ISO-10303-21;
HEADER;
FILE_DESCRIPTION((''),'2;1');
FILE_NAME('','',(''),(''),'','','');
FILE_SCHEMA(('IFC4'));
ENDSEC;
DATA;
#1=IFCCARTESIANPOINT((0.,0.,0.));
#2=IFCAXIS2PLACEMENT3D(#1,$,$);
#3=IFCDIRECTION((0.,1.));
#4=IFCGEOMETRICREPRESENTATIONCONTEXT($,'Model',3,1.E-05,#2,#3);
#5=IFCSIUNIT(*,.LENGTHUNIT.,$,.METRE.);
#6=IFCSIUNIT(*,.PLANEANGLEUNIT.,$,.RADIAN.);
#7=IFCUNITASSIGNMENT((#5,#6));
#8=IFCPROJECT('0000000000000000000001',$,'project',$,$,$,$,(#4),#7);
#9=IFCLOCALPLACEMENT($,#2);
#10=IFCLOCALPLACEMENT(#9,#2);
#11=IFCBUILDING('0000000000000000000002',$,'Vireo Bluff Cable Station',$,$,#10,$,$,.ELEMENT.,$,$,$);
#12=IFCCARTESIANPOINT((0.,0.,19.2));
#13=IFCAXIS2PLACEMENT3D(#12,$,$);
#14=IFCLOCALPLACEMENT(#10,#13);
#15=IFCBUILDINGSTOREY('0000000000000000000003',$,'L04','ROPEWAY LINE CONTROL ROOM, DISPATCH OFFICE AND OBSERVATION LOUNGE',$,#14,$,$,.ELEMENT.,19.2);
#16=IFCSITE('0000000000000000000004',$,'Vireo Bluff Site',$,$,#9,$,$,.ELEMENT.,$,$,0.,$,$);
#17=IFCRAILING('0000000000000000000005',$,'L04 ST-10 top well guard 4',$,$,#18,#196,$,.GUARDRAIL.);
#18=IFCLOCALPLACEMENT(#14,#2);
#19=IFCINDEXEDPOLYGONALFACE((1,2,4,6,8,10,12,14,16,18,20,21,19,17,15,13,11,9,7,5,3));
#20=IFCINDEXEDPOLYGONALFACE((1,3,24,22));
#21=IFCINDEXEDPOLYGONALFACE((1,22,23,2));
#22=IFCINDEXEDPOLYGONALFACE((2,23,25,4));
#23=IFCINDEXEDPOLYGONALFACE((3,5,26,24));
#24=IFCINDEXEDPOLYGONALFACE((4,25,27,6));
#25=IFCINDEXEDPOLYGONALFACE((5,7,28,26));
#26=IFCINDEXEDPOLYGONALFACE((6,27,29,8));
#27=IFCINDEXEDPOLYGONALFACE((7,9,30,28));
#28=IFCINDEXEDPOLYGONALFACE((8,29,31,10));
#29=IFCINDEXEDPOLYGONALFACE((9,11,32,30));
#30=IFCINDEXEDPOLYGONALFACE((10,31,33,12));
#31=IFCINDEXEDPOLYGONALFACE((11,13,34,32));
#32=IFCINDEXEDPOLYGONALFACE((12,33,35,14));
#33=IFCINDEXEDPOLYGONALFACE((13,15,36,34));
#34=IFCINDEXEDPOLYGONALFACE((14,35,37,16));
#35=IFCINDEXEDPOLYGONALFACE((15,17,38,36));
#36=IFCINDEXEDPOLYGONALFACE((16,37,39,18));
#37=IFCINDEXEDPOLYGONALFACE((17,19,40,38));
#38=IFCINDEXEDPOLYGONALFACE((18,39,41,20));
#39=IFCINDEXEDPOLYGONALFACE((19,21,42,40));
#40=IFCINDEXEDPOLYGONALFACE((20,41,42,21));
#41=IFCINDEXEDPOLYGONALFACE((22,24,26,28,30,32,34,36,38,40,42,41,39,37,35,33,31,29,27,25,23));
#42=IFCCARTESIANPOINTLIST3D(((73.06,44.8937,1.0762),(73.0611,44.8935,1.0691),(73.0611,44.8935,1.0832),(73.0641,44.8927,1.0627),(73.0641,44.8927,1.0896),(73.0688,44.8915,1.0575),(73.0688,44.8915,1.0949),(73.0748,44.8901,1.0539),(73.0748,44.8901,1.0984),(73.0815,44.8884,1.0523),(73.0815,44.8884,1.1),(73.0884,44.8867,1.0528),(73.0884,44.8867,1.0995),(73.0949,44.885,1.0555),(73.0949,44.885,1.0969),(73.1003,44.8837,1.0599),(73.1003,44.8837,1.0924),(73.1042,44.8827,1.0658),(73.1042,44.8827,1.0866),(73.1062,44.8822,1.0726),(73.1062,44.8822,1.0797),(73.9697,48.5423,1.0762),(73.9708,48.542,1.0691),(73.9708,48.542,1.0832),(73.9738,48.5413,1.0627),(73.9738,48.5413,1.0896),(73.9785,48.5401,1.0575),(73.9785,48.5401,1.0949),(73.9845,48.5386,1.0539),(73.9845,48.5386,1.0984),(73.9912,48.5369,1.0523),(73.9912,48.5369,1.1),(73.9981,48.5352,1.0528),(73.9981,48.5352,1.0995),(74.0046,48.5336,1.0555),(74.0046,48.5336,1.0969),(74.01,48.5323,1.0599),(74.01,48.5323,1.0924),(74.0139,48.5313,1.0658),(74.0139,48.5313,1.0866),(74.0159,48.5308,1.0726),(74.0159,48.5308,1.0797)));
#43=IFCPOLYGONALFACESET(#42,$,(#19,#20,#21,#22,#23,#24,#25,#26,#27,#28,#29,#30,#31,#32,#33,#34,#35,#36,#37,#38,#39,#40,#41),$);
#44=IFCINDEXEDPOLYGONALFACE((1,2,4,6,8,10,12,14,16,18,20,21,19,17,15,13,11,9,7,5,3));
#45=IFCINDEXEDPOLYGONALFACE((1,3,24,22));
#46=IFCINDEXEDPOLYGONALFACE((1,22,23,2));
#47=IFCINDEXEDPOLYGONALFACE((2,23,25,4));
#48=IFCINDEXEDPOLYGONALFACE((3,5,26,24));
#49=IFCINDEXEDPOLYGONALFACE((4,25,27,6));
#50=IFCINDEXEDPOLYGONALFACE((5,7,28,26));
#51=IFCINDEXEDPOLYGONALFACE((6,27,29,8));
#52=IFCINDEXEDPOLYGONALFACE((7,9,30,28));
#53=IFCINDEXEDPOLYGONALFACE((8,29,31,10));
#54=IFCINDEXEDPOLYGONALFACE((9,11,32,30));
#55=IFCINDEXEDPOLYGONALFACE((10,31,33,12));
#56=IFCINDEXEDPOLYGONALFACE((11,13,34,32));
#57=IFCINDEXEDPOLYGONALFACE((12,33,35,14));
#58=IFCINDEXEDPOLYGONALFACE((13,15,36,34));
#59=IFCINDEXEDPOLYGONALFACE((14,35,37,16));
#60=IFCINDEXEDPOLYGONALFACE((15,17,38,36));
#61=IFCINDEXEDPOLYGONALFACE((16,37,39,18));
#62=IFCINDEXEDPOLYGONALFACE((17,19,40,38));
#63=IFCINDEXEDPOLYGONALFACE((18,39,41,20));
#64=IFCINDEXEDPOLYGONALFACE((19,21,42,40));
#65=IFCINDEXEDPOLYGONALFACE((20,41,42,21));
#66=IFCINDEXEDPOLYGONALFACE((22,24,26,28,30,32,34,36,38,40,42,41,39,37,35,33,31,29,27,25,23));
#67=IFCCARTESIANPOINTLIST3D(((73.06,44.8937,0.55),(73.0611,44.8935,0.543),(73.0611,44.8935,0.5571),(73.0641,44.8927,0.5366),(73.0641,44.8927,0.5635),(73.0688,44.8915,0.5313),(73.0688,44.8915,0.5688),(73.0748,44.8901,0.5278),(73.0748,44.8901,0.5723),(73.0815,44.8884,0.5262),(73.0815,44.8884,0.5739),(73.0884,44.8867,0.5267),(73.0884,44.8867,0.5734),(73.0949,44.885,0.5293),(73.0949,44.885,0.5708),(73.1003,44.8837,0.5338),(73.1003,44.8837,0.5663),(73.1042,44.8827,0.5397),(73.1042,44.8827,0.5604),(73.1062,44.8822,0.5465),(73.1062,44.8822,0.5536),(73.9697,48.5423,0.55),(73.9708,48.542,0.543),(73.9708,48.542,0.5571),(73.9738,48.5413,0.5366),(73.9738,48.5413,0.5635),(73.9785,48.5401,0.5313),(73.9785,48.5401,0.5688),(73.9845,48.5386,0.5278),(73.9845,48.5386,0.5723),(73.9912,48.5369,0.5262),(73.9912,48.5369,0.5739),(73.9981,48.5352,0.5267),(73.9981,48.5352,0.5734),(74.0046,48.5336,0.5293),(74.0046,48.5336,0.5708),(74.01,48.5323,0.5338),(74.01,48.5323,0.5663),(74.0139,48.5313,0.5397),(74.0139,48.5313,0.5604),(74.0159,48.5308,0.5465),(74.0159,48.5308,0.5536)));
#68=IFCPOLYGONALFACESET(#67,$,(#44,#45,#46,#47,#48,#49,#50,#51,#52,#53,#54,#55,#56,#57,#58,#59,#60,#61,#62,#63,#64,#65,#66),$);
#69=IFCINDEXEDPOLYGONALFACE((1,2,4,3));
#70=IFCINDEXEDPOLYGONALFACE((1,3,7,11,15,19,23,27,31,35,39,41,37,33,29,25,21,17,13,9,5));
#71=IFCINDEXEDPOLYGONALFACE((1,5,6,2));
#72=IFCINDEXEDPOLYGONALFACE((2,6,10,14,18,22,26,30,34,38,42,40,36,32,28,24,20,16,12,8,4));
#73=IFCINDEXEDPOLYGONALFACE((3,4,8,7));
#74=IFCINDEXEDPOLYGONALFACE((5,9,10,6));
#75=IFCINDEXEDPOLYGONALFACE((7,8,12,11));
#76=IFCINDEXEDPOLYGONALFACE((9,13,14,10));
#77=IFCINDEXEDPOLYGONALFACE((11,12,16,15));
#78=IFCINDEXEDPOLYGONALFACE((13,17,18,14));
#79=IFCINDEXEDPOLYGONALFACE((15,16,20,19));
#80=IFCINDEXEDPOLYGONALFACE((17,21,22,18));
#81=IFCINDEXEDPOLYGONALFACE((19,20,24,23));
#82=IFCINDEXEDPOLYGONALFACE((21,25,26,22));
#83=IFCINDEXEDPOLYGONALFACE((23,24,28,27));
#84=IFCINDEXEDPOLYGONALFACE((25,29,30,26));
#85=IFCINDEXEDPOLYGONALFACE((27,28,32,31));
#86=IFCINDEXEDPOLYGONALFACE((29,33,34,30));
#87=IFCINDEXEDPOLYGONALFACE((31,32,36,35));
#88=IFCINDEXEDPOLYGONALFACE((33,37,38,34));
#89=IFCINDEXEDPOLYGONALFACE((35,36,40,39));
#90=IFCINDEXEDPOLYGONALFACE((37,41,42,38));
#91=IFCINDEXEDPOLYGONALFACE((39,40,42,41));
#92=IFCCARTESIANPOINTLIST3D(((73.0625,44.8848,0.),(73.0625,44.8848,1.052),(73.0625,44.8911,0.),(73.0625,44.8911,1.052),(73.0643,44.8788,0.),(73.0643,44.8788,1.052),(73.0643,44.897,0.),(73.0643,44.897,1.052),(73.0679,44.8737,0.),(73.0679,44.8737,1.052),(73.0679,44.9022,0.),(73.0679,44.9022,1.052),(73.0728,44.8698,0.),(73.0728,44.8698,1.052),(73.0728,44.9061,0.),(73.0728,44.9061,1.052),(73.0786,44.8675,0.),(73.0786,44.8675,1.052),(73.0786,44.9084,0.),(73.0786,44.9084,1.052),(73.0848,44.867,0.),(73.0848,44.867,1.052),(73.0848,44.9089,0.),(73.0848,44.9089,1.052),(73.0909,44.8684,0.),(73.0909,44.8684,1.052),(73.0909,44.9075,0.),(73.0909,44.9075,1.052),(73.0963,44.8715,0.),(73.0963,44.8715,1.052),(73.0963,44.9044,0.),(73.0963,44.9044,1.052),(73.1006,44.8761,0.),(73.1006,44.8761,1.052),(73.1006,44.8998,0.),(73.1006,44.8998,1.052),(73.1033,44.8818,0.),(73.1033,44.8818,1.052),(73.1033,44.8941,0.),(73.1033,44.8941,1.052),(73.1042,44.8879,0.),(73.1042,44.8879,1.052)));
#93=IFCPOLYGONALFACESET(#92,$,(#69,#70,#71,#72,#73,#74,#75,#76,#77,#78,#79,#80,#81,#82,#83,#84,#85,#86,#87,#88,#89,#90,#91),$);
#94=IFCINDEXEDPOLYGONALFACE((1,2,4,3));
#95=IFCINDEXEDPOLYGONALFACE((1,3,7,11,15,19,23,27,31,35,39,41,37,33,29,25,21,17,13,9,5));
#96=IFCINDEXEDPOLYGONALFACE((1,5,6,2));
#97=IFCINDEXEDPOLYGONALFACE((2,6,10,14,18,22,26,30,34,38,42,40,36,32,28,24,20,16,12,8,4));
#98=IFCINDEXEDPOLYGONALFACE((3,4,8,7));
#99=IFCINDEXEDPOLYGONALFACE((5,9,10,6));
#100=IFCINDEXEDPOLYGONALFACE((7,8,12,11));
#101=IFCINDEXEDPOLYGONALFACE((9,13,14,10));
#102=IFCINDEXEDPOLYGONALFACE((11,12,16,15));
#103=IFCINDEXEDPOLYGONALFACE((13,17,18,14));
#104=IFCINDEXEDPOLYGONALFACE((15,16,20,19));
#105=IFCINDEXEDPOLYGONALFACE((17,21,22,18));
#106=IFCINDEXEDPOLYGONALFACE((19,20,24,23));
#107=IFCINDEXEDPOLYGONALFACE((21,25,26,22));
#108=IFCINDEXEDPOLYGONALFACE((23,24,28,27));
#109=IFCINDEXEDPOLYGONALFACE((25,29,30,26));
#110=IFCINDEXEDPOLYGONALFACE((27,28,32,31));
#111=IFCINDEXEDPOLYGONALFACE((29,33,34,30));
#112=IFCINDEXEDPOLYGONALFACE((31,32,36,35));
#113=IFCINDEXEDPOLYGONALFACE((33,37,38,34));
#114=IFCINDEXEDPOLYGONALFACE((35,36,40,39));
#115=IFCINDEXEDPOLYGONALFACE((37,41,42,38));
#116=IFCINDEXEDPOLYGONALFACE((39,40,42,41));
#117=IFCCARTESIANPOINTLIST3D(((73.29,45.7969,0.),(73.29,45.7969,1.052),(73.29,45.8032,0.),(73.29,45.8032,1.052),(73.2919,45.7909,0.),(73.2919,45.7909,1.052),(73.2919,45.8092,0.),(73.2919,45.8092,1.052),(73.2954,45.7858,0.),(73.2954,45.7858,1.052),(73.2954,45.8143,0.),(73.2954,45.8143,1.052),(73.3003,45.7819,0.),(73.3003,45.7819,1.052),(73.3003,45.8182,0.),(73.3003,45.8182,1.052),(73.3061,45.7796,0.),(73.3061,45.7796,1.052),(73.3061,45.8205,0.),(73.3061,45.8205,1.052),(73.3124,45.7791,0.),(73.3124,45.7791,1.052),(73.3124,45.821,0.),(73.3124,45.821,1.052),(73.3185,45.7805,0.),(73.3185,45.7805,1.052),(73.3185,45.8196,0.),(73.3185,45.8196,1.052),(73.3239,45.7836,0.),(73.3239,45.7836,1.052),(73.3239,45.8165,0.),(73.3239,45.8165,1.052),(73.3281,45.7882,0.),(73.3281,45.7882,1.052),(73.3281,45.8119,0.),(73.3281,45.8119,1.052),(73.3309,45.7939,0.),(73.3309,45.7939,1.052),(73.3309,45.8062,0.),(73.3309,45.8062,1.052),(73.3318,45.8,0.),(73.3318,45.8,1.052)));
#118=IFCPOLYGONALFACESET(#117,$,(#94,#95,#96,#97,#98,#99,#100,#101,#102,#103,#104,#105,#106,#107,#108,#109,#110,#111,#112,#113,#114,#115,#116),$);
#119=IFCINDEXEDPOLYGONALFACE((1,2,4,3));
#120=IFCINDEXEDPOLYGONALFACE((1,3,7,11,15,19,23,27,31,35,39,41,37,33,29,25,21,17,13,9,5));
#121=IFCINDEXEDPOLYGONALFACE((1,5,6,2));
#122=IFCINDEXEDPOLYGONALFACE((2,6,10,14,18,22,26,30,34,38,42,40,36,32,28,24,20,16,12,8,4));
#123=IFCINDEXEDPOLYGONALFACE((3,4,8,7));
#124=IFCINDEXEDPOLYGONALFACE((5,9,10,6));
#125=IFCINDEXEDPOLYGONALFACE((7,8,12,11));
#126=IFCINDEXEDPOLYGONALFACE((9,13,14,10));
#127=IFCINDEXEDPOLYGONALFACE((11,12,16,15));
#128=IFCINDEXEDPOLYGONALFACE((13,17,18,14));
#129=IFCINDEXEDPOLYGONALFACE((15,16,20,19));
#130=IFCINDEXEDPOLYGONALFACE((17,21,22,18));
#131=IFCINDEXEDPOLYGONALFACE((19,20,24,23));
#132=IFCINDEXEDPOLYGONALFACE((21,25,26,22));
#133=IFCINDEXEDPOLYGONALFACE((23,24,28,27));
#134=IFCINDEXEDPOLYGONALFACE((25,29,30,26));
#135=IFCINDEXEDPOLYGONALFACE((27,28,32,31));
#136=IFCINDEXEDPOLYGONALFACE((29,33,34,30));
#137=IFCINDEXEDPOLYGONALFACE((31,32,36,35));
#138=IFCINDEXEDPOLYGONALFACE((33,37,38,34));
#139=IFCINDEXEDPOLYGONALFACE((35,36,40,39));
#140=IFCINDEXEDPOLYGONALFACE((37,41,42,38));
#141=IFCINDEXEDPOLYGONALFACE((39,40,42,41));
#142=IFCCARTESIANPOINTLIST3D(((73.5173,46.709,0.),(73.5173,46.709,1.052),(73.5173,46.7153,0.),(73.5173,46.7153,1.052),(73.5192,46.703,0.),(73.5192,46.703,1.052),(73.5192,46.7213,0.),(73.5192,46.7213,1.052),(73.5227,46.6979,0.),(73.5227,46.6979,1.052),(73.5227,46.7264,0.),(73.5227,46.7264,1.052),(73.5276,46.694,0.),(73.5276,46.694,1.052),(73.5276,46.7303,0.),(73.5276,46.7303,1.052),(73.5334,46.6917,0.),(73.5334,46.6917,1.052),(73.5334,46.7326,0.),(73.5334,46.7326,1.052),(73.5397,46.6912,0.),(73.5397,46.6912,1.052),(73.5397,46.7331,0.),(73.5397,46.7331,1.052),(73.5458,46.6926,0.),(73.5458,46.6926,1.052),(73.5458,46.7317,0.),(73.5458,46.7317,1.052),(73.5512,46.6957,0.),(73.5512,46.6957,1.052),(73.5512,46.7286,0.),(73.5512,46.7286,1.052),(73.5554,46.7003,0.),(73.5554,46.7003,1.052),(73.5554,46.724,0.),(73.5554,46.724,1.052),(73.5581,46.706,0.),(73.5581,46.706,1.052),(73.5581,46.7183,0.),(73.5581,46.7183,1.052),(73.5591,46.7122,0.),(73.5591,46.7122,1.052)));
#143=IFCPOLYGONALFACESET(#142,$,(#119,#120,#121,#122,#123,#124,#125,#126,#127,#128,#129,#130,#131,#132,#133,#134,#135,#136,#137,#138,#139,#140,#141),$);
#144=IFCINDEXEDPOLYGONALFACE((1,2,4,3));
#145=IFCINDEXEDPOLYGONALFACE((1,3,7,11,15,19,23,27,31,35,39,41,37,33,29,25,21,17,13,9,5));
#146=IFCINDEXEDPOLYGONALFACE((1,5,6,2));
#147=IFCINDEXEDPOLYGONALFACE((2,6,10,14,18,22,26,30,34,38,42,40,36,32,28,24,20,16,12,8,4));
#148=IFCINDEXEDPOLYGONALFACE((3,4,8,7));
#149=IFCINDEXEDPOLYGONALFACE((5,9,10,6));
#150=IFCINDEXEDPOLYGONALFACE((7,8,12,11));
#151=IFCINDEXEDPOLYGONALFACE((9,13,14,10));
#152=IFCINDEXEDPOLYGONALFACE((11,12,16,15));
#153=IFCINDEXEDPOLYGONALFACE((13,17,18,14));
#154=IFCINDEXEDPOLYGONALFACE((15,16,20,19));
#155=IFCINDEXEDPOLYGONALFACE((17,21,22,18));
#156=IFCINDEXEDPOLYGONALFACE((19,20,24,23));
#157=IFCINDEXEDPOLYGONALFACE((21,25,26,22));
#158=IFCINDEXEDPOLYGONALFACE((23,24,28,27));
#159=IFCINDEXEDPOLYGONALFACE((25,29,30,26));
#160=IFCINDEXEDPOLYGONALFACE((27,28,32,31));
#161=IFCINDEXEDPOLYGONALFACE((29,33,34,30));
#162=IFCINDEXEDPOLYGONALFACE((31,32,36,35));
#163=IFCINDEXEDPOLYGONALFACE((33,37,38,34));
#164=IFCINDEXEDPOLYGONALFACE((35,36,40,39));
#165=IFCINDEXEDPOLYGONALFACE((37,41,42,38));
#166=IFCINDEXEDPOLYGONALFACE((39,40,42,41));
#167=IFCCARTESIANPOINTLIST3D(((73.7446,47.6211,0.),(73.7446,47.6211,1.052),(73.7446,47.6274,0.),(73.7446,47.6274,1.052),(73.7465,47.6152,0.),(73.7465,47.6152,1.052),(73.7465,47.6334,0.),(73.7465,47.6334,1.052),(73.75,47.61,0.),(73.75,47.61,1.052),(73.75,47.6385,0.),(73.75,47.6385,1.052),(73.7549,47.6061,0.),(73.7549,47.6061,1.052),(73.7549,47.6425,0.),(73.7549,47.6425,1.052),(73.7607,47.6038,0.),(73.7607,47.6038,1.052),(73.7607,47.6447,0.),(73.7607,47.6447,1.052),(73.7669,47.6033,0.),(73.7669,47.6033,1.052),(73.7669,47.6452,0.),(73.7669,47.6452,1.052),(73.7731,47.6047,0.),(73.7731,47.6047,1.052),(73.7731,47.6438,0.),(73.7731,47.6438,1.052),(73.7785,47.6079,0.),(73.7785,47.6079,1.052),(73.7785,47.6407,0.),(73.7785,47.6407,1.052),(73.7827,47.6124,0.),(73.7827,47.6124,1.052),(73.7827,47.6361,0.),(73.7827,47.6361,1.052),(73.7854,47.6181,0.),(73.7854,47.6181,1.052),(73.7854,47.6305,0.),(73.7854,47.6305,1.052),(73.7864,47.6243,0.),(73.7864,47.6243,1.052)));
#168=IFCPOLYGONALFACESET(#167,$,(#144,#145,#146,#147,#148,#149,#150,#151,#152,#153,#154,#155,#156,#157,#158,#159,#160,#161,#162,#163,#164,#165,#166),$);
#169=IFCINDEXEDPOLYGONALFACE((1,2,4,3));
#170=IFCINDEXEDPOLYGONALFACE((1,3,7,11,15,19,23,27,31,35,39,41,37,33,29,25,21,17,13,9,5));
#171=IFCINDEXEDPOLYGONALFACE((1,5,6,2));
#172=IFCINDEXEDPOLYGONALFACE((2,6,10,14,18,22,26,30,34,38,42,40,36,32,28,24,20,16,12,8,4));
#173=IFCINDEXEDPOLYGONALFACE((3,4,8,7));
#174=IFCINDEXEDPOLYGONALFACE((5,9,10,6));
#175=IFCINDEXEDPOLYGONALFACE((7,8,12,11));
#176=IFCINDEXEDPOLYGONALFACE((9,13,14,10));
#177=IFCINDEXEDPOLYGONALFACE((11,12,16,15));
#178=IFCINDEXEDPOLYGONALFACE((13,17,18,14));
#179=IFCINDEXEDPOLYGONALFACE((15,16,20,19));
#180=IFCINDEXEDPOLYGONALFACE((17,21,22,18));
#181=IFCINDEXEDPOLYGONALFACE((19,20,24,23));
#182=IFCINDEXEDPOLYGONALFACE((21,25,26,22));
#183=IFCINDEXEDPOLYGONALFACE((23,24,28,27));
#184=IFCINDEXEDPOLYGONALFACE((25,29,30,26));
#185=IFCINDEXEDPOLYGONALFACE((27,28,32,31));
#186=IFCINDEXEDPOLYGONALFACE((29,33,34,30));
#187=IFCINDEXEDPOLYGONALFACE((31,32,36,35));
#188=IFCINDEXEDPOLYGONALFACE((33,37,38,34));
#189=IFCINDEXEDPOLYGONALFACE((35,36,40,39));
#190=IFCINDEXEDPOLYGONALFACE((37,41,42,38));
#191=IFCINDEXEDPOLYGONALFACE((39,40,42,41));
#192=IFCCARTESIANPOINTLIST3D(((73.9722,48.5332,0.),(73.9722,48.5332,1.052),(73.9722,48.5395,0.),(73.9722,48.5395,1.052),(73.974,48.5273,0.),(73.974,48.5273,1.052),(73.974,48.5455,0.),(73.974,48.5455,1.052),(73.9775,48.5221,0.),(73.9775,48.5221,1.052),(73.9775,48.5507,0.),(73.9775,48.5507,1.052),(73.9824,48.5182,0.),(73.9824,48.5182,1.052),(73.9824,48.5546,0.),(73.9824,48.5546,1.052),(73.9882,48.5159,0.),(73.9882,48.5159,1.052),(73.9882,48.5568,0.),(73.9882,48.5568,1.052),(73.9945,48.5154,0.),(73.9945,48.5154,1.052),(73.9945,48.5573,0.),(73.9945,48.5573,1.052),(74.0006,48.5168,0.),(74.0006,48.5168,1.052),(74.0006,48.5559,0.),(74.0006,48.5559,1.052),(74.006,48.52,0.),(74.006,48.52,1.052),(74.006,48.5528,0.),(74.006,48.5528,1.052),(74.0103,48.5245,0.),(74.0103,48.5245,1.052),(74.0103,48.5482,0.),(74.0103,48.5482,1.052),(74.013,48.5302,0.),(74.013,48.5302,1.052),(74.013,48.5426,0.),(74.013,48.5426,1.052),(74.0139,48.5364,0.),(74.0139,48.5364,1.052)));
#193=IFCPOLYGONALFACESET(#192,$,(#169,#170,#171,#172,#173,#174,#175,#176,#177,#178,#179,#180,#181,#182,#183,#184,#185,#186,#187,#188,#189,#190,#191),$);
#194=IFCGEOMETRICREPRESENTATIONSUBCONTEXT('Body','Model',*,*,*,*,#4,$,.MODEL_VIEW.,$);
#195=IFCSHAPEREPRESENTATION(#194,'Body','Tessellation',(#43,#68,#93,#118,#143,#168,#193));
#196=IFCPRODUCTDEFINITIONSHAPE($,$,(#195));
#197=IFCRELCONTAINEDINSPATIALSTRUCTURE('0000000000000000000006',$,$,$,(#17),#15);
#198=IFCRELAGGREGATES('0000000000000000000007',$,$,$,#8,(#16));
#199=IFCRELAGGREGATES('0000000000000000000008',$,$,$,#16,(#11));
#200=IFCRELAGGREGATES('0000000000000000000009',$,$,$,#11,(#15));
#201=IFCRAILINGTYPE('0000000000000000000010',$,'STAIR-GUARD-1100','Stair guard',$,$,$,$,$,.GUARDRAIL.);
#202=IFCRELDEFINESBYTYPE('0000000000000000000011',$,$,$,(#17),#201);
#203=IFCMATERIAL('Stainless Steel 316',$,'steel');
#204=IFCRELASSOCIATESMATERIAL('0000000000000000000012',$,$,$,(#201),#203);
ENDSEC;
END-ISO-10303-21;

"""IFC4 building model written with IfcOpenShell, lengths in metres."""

from ifc_helpers import new_model, si_unit, direction, frame, origin, origin_2d, place, context, subcontext, project, spatial, circle, extrude, material, type_object, element, save


model = new_model("IFC4")

# Units and contexts
model_context = context("Model", 3, precision=1e-05, world=origin(), true_north=direction((0.0, 1.0)))
body_context = subcontext(model_context, "Body", "Model", "MODEL_VIEW")
ifc_project = project(units=[si_unit("LENGTHUNIT", "METRE"), si_unit("PLANEANGLEUNIT", "RADIAN")], contexts=[model_context])

# Site, building, storey
site_placement = place(None, origin())
site = spatial("IfcSite", under=ifc_project, at=site_placement, Name="Vireo Bluff Site", CompositionType="ELEMENT", RefElevation=0.0)
building_placement = place(site_placement, origin())
building = spatial("IfcBuilding", under=site, at=building_placement, Name="Vireo Bluff Cable Station", CompositionType="ELEMENT")
storey_placement = place(building_placement, frame((0.0, 0.0, 19.2)))
storey = spatial("IfcBuildingStorey", under=building, at=storey_placement, Name="L04", Description="ROPEWAY LINE CONTROL ROOM, DISPATCH OFFICE AND OBSERVATION LOUNGE", CompositionType="ELEMENT", Elevation=19.2)

# Shared definitions
ifc_material_1 = material(Name="Stainless Steel 316", Category="steel")

# Railing
railing_type = type_object("IfcRailingType", Name="STAIR-GUARD-1100", Description="Stair guard", PredefinedType="GUARDRAIL", material=ifc_material_1)
railing_placement = place(storey_placement, frame((73.0833, 44.8879, 0.0)))
element("IfcRailing", 1, at=railing_placement, inside=storey, type_object=railing_type, Name="L04 ST-10 top well guard 4", PredefinedType="GUARDRAIL", context=body_context, shape_type="SweptSolid", body=[
    extrude(circle(Radius=0.0239, at=origin_2d()), frame((0.0, 0.0, 1.0762), z_axis=(0.241924, 0.970295, 0.0), x_axis=(-0.970295, 0.241924, 0.0)), (0.0, 0.0, 1.0), 3.7603),
    extrude(circle(Radius=0.0239, at=origin_2d()), frame((0.0, 0.0, 0.55), z_axis=(0.241924, 0.970295, 0.0), x_axis=(-0.970295, 0.241924, 0.0)), (0.0, 0.0, 1.0), 3.7603),
    extrude(circle(Radius=0.021, at=origin_2d()), origin(), (0.0, 0.0, 1.0), 1.052),
    extrude(circle(Radius=0.021, at=origin_2d()), frame((0.2275, 0.9121, 0.0)), (0.0, 0.0, 1.0), 1.052),
    extrude(circle(Radius=0.021, at=origin_2d()), frame((0.4548, 1.8242, 0.0)), (0.0, 0.0, 1.0), 1.052),
    extrude(circle(Radius=0.021, at=origin_2d()), frame((0.6821, 2.7363, 0.0)), (0.0, 0.0, 1.0), 1.052),
    extrude(circle(Radius=0.021, at=origin_2d()), frame((0.9097, 3.6484, 0.0)), (0.0, 0.0, 1.0), 1.052),
])

save(model, "model.ifc")
